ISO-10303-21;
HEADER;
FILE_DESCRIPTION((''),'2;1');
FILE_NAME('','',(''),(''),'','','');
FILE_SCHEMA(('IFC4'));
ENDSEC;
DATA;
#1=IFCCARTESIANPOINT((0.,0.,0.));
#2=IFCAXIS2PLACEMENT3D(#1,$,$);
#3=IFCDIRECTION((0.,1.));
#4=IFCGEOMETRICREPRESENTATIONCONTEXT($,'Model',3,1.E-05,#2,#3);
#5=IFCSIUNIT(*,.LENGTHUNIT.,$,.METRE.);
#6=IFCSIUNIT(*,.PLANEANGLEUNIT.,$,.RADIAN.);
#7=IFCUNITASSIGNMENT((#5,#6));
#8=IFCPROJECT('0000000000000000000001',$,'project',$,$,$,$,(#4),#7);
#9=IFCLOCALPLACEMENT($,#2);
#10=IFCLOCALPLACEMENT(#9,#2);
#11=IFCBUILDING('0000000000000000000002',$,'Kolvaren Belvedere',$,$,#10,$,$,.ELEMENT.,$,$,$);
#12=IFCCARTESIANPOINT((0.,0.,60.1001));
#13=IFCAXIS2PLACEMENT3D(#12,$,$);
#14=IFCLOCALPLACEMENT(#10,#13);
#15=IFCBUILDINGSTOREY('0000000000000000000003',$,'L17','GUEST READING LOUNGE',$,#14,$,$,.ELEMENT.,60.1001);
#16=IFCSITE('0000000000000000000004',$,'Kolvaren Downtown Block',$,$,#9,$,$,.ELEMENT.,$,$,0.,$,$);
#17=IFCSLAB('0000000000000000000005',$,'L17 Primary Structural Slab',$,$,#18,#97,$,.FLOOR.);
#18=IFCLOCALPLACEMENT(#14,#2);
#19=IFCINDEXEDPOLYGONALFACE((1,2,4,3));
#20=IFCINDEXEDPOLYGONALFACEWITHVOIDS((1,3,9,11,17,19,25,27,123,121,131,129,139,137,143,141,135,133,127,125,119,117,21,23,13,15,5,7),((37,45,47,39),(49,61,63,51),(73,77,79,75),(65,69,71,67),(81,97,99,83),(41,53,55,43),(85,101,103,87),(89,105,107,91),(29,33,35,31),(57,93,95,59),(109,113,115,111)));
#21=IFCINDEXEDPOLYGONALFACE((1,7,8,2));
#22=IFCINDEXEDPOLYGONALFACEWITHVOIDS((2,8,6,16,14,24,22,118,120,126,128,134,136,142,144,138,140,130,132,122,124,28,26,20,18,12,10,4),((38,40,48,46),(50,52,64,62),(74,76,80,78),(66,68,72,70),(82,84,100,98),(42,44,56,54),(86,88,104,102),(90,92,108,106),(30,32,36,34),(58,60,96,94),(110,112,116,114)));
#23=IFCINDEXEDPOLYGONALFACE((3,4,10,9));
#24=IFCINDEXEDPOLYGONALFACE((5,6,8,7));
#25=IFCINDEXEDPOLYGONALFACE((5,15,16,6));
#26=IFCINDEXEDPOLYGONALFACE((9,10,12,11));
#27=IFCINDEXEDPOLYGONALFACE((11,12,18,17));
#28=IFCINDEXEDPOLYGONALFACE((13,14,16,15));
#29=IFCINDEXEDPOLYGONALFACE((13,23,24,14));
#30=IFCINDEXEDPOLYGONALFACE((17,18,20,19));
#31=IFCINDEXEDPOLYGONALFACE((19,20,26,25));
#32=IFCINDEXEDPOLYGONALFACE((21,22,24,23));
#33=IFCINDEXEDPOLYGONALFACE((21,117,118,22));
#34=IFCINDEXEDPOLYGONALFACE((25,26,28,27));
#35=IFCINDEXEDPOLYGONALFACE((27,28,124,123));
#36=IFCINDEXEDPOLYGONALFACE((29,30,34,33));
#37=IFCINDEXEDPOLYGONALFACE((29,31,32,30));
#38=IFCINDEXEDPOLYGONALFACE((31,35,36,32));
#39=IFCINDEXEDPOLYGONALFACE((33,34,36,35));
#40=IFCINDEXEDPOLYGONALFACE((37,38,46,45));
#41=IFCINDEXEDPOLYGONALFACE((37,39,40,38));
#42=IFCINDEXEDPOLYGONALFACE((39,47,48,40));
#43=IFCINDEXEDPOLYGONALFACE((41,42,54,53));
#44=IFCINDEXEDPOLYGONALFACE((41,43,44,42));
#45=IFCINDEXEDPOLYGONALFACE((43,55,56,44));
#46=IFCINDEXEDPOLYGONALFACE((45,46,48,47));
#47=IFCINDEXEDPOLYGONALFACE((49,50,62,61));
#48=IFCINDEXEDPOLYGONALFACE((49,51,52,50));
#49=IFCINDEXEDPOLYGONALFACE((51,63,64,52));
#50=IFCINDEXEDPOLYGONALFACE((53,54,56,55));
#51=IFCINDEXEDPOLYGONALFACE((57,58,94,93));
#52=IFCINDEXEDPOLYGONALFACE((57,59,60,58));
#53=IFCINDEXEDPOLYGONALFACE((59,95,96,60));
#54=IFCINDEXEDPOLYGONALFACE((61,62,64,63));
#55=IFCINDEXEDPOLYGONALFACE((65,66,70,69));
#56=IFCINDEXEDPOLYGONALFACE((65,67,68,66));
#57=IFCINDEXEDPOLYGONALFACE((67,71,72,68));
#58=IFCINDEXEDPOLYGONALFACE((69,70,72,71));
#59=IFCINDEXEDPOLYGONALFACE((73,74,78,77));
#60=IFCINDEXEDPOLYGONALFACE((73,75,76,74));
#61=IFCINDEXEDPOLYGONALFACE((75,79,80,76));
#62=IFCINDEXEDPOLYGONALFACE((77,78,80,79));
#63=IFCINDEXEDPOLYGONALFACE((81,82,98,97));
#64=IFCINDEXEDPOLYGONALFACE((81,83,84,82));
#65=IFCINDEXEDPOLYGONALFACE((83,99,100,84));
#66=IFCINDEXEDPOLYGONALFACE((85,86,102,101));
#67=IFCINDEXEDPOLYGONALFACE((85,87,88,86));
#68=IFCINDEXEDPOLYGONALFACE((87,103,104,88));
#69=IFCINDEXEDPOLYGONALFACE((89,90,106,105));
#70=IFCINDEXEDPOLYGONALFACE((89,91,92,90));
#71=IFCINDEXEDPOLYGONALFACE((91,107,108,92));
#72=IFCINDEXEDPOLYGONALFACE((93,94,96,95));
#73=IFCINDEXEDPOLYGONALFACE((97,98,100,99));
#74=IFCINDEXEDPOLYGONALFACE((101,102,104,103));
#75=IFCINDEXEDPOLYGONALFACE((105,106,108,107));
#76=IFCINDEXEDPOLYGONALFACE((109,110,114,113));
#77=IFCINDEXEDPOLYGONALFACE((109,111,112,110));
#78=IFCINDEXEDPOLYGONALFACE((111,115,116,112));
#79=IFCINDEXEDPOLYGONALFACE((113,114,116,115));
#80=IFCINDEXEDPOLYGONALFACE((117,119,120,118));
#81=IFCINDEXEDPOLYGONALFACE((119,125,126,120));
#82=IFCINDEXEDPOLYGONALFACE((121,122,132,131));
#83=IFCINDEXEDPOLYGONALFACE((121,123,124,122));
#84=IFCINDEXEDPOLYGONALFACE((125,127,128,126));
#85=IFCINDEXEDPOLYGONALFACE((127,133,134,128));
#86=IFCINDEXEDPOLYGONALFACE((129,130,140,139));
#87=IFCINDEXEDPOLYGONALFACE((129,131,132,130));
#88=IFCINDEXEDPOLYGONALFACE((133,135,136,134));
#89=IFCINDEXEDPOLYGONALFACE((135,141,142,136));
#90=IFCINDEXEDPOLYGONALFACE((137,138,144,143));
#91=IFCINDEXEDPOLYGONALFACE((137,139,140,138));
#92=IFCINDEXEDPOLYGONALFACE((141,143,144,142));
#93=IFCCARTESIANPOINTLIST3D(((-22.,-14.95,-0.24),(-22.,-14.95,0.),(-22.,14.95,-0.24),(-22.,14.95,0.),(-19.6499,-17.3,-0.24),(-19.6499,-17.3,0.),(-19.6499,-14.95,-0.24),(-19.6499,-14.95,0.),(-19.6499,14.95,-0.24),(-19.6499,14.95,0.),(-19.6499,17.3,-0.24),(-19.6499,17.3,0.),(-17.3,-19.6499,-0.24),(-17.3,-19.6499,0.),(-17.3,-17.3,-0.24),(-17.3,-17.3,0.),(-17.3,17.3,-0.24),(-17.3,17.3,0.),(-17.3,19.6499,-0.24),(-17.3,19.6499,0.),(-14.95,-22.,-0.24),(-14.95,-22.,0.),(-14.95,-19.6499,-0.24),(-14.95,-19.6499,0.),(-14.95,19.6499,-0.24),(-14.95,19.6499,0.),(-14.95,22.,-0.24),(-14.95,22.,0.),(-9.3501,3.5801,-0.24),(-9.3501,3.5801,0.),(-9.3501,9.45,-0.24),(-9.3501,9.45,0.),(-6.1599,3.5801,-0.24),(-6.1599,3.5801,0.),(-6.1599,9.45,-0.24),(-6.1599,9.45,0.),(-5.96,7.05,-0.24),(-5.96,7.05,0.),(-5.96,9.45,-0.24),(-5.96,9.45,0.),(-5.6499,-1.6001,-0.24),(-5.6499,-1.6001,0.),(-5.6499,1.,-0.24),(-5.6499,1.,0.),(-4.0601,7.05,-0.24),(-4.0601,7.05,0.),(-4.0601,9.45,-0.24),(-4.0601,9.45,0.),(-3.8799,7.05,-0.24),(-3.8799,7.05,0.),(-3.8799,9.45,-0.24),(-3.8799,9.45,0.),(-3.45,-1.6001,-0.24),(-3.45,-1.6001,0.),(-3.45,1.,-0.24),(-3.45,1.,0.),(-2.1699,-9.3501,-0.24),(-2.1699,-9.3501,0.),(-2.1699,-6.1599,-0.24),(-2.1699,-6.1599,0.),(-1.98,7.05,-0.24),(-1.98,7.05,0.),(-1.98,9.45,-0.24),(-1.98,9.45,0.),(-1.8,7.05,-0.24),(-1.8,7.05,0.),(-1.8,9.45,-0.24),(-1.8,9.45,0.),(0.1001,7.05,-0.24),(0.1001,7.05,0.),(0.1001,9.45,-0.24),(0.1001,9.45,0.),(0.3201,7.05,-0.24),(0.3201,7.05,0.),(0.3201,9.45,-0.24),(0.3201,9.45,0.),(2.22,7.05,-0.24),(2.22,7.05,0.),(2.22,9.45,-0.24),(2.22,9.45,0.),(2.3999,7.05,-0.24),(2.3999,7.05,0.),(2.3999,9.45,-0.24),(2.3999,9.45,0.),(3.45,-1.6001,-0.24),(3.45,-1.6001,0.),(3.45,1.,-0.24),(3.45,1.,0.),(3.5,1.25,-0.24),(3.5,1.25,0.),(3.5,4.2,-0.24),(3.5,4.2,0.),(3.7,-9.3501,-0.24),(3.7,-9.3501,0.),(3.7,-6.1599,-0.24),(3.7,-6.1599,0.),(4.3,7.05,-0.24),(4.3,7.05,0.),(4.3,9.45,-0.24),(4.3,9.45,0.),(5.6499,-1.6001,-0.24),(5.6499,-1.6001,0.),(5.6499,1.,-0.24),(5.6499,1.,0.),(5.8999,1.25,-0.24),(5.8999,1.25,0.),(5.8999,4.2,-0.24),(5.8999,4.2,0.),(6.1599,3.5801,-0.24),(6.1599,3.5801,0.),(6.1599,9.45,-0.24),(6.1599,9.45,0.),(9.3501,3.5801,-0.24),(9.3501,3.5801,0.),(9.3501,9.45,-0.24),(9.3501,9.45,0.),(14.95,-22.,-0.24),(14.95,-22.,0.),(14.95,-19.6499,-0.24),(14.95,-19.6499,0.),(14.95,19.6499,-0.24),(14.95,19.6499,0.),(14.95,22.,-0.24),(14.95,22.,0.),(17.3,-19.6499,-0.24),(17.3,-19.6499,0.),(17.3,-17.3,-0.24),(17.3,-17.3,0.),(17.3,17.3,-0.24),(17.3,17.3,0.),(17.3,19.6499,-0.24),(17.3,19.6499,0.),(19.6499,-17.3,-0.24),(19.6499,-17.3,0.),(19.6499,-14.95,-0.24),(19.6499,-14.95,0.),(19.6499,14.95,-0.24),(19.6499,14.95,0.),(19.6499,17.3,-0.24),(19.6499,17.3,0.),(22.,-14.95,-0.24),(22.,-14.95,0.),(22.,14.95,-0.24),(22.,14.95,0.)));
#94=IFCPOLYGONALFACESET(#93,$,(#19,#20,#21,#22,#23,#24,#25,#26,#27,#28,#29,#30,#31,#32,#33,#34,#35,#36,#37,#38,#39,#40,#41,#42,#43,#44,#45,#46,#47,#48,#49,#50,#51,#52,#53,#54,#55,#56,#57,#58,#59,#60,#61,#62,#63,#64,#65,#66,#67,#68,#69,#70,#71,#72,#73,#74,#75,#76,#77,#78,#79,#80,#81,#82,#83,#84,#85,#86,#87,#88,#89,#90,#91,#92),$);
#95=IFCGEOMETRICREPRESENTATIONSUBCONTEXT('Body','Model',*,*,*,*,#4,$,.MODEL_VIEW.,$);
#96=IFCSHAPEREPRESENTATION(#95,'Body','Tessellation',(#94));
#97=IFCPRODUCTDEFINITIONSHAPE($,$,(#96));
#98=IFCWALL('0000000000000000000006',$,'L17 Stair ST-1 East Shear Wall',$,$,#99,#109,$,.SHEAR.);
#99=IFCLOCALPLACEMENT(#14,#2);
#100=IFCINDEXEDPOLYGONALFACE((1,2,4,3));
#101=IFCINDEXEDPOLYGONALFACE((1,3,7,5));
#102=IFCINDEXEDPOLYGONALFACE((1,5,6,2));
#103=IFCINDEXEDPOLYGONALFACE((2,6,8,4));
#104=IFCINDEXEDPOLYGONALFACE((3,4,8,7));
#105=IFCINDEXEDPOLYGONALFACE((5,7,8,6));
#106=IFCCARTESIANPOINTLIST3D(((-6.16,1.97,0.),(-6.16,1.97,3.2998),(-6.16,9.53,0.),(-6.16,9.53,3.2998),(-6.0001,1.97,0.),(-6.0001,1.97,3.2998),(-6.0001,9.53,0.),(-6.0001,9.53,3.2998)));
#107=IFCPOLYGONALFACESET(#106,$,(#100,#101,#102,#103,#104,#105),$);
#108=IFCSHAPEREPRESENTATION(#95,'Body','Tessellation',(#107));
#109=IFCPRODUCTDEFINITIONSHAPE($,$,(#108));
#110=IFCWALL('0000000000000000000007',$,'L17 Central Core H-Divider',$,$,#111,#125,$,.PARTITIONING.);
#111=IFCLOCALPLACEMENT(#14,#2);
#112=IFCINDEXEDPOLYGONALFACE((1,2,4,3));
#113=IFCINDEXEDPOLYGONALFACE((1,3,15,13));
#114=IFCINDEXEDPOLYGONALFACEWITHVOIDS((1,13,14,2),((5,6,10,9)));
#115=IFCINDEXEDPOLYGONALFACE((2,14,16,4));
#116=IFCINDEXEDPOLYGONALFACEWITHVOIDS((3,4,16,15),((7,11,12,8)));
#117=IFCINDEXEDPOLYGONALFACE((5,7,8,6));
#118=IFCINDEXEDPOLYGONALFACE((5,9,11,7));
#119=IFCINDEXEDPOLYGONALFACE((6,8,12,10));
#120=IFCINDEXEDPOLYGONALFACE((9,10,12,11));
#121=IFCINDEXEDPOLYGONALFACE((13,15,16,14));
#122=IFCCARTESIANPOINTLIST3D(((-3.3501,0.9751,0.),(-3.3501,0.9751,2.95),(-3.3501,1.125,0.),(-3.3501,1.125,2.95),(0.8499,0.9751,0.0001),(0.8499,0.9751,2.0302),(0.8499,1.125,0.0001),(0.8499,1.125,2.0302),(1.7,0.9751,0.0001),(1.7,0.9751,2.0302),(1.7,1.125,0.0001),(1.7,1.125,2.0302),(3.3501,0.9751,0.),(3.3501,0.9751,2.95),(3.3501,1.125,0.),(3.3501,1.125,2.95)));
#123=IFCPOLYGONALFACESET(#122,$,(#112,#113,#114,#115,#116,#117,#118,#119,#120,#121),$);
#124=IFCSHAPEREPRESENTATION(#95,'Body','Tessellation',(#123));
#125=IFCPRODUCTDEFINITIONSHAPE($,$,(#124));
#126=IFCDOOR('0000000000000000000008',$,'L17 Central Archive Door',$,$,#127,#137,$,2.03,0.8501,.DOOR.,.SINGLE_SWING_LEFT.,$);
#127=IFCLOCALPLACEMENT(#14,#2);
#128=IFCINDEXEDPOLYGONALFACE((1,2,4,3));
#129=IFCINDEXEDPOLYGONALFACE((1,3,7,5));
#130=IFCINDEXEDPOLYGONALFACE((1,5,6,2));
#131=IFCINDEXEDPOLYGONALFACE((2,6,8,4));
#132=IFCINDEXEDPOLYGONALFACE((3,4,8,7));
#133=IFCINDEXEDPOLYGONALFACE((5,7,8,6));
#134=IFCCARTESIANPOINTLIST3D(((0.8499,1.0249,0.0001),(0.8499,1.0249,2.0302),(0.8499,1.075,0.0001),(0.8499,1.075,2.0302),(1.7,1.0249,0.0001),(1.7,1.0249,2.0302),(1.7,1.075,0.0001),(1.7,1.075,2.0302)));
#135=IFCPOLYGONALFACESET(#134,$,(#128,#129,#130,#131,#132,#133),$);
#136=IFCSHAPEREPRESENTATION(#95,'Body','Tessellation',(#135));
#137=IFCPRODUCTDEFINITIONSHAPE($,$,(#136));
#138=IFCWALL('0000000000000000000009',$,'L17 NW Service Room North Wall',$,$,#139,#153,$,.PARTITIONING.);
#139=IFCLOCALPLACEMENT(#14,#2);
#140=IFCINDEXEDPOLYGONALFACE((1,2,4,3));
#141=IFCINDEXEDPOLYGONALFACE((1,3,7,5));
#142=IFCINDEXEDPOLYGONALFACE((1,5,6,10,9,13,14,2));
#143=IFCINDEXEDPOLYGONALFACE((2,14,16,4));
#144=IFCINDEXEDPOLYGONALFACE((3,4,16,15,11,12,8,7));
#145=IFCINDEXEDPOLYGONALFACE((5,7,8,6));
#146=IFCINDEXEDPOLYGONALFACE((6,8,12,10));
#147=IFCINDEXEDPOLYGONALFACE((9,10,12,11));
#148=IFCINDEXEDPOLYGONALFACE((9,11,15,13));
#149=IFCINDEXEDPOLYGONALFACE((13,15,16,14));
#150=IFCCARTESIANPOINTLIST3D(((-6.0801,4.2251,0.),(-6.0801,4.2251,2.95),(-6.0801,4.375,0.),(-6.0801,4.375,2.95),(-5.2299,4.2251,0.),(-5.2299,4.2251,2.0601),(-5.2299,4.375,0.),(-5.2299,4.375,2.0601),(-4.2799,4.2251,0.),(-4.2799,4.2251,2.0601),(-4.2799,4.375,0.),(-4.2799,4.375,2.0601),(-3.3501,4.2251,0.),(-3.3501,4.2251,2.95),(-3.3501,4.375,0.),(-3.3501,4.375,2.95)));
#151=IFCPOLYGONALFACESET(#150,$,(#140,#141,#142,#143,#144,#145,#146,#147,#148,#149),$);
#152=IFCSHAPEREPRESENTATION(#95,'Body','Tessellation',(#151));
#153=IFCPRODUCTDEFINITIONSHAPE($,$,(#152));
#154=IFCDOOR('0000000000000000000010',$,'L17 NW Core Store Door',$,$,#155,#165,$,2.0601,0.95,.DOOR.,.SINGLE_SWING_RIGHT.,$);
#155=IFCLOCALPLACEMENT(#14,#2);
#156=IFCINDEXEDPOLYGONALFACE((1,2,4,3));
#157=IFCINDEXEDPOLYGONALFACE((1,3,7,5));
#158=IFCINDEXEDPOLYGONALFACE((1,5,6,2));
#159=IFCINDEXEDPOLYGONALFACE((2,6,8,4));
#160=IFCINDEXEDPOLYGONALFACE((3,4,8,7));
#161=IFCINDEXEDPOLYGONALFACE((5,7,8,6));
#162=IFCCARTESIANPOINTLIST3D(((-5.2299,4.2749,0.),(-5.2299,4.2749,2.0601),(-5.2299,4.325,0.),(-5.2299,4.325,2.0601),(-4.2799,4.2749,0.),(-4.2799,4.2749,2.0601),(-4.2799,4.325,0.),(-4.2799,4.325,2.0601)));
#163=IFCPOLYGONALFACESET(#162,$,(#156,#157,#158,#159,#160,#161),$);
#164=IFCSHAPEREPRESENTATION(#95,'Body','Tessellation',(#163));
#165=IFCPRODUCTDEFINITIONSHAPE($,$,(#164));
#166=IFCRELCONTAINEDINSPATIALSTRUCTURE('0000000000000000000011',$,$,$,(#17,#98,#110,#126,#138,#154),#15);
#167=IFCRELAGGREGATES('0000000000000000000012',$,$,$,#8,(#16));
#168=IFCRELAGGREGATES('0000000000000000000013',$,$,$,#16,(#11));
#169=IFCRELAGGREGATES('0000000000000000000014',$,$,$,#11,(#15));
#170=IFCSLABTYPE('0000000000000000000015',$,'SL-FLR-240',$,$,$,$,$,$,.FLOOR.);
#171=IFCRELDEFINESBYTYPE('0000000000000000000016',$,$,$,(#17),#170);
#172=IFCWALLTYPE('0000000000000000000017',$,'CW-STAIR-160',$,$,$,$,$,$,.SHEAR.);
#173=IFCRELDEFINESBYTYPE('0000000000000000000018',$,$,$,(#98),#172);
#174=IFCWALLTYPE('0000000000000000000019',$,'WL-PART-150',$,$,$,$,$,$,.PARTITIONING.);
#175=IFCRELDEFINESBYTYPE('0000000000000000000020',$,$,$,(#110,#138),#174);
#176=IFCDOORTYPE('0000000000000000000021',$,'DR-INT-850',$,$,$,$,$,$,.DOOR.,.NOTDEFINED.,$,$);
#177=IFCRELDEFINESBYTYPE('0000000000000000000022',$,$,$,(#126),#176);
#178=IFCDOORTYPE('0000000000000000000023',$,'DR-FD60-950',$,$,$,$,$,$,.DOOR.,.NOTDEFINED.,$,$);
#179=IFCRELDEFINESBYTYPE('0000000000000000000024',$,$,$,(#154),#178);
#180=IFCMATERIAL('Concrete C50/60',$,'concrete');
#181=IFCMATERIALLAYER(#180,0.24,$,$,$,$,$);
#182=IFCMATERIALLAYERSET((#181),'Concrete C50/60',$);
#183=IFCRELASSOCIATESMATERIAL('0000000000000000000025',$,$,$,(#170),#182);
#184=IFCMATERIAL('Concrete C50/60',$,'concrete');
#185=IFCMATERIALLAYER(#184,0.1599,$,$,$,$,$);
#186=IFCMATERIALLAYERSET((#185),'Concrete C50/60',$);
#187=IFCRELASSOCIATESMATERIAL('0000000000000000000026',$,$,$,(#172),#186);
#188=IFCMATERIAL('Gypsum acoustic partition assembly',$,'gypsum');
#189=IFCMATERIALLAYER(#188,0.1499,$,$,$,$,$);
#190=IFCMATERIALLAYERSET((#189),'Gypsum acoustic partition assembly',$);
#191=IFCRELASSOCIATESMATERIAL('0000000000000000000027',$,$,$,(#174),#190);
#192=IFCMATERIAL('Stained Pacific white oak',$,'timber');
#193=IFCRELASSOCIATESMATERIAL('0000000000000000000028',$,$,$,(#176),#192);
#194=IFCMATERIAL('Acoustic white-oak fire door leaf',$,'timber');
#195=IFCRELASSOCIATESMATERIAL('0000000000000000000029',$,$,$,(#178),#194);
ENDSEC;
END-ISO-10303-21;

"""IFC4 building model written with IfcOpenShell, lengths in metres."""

from ifc_helpers import new_model, si_unit, direction, frame, frame_2d, origin, place, context, subcontext, project, spatial, polyline, rectangle, outline, extrude, material, layer, layer_set, type_object, element, fill, save


model = new_model("IFC4")

# Units and contexts
model_context = context("Model", 3, precision=1e-05, world=origin(), true_north=direction((0.0, 1.0)))
body_context = subcontext(model_context, "Body", "Model", "MODEL_VIEW")
ifc_project = project(units=[si_unit("LENGTHUNIT", "METRE"), si_unit("PLANEANGLEUNIT", "RADIAN")], contexts=[model_context])

# Site, building, storey
site_placement = place(None, origin())
site = spatial("IfcSite", under=ifc_project, at=site_placement, Name="Kolvaren Downtown Block", CompositionType="ELEMENT", RefElevation=0.0)
building_placement = place(site_placement, origin())
building = spatial("IfcBuilding", under=site, at=building_placement, Name="Kolvaren Belvedere", CompositionType="ELEMENT")
storey_placement = place(building_placement, frame((0.0, 0.0, 60.1001)))
storey = spatial("IfcBuildingStorey", under=building, at=storey_placement, Name="L17", Description="GUEST READING LOUNGE", CompositionType="ELEMENT", Elevation=60.1001)

# Slab
ifc_material_1 = material(Name="Concrete C50/60", Category="concrete")
ifc_layer_1 = layer(ifc_material_1, 0.24)
ifc_layer_set_1 = layer_set([ifc_layer_1], Name="Concrete C50/60")
slab_type = type_object("IfcSlabType", Name="SL-FLR-240", PredefinedType="FLOOR", material=ifc_layer_set_1)
slab_placement = place(storey_placement, frame((0.0, 0.0, -0.24)))
element("IfcSlab", 1, at=slab_placement, inside=storey, type_object=slab_type, Name="L17 Primary Structural Slab", PredefinedType="FLOOR", context=body_context, shape_type="SweptSolid", body=[
    extrude(outline(polyline([(-14.95, -22.0), (14.95, -22.0), (14.95, -19.6499), (17.3, -19.6499), (17.3, -17.3), (19.6499, -17.3), (19.6499, -14.95), (22.0, -14.95), (22.0, 14.95), (19.6499, 14.95), (19.6499, 17.3), (17.3, 17.3), (17.3, 19.6499), (14.95, 19.6499), (14.95, 22.0), (-14.95, 22.0), (-14.95, 19.6499), (-17.3, 19.6499), (-17.3, 17.3), (-19.6499, 17.3), (-19.6499, 14.95), (-22.0, 14.95), (-22.0, -14.95), (-19.6499, -14.95), (-19.6499, -17.3), (-17.3, -17.3), (-17.3, -19.6499), (-14.95, -19.6499), (-14.95, -22.0)]), holes=[polyline([(-9.3501, 3.5801), (-6.1599, 3.5801), (-6.1599, 9.45), (-9.3501, 9.45), (-9.3501, 3.5801)]), polyline([(6.1599, 3.5801), (9.3501, 3.5801), (9.3501, 9.45), (6.1599, 9.45), (6.1599, 3.5801)]), polyline([(-2.1699, -9.3501), (3.7, -9.3501), (3.7, -6.1599), (-2.1699, -6.1599), (-2.1699, -9.3501)]), polyline([(-5.6499, -1.6001), (-3.45, -1.6001), (-3.45, 1.0), (-5.6499, 1.0), (-5.6499, -1.6001)]), polyline([(3.5, 1.25), (5.8999, 1.25), (5.8999, 4.2), (3.5, 4.2), (3.5, 1.25)]), polyline([(3.45, -1.6001), (5.6499, -1.6001), (5.6499, 1.0), (3.45, 1.0), (3.45, -1.6001)]), polyline([(-5.96, 7.05), (-4.0601, 7.05), (-4.0601, 9.45), (-5.96, 9.45), (-5.96, 7.05)]), polyline([(-3.8799, 7.05), (-1.98, 7.05), (-1.98, 9.45), (-3.8799, 9.45), (-3.8799, 7.05)]), polyline([(-1.8, 7.05), (0.1001, 7.05), (0.1001, 9.45), (-1.8, 9.45), (-1.8, 7.05)]), polyline([(0.3201, 7.05), (2.22, 7.05), (2.22, 9.45), (0.3201, 9.45), (0.3201, 7.05)]), polyline([(2.3999, 7.05), (4.3, 7.05), (4.3, 9.45), (2.3999, 9.45), (2.3999, 7.05)])]), origin(), (0.0, 0.0, 1.0), 0.24),
])

# Wall
ifc_material_2 = material(Name="Concrete C50/60", Category="concrete")
ifc_layer_2 = layer(ifc_material_2, 0.1599)
ifc_layer_set_2 = layer_set([ifc_layer_2], Name="Concrete C50/60")
wall_type_1 = type_object("IfcWallType", Name="CW-STAIR-160", PredefinedType="SHEAR", material=ifc_layer_set_2)
wall_1_placement = place(storey_placement, frame((-6.0801, 1.97, 0.0), z_axis=(0.0, 0.0, 1.0), x_axis=(0.0, 1.0, 0.0)))
element("IfcWall", 2, at=wall_1_placement, inside=storey, type_object=wall_type_1, Name="L17 Stair ST-1 East Shear Wall", PredefinedType="SHEAR", context=body_context, shape_type="SweptSolid", body=[
    extrude(rectangle(XDim=7.5601, YDim=0.1599, at=frame_2d((3.78, 0.0))), origin(), (0.0, 0.0, 1.0), 3.2998),
])

# Walls, openings, doors
ifc_material_3 = material(Name="Gypsum acoustic partition assembly", Category="gypsum")
ifc_layer_3 = layer(ifc_material_3, 0.1499)
ifc_layer_set_3 = layer_set([ifc_layer_3], Name="Gypsum acoustic partition assembly")
wall_type_2 = type_object("IfcWallType", Name="WL-PART-150", PredefinedType="PARTITIONING", material=ifc_layer_set_3)
wall_2_placement = place(storey_placement, frame((-3.3501, 1.05, 0.0), z_axis=(0.0, 0.0, 1.0), x_axis=(1.0, 0.0, 0.0)))
wall_2 = element("IfcWall", 3, at=wall_2_placement, inside=storey, type_object=wall_type_2, Name="L17 Central Core H-Divider", PredefinedType="PARTITIONING", context=body_context, shape_type="SweptSolid", body=[
    extrude(rectangle(XDim=6.7002, YDim=0.1499, at=frame_2d((3.3501, 0.0))), origin(), (0.0, 0.0, 1.0), 2.95),
])
opening_1_placement = place(wall_2_placement, frame((4.2, 0.0, 0.0)))
opening_1 = element("IfcOpeningElement", 4, at=opening_1_placement, cuts=wall_2, PredefinedType="OPENING", context=body_context, shape_type="SweptSolid", body=[
    extrude(rectangle(XDim=0.8501, YDim=2.03, at=frame_2d((0.425, 1.0151))), frame((0.0, 0.085, 0.0), z_axis=(0.0, -1.0, 0.0), x_axis=(1.0, 0.0, 0.0)), (0.0, 0.0, 1.0), 0.1699),
])
ifc_material_4 = material(Name="Stained Pacific white oak", Category="timber")
door_type_1 = type_object("IfcDoorType", Name="DR-INT-850", OperationType="NOTDEFINED", PredefinedType="DOOR", material=ifc_material_4)
door_1_placement = place(opening_1_placement, origin())
door_1 = element("IfcDoor", 5, at=door_1_placement, inside=storey, type_object=door_type_1, Name="L17 Central Archive Door", OperationType="SINGLE_SWING_LEFT", OverallHeight=2.03, OverallWidth=0.8501, PredefinedType="DOOR", context=body_context, shape_type="SweptSolid", body=[
    extrude(rectangle(XDim=0.8501, YDim=2.03, at=frame_2d((0.425, 1.0151))), frame((0.0, 0.0249, 0.0), z_axis=(0.0, -1.0, 0.0), x_axis=(1.0, 0.0, 0.0)), (0.0, 0.0, 1.0), 0.05),
])
fill(opening_1, door_1)
wall_3_placement = place(storey_placement, frame((-6.0801, 4.3, 0.0), z_axis=(0.0, 0.0, 1.0), x_axis=(1.0, 0.0, 0.0)))
wall_3 = element("IfcWall", 6, at=wall_3_placement, inside=storey, type_object=wall_type_2, Name="L17 NW Service Room North Wall", PredefinedType="PARTITIONING", context=body_context, shape_type="SweptSolid", body=[
    extrude(rectangle(XDim=2.73, YDim=0.1499, at=frame_2d((1.365, 0.0))), origin(), (0.0, 0.0, 1.0), 2.95),
])
opening_2_placement = place(wall_3_placement, frame((0.8501, 0.0, 0.0)))
opening_2 = element("IfcOpeningElement", 7, at=opening_2_placement, cuts=wall_3, PredefinedType="OPENING", context=body_context, shape_type="SweptSolid", body=[
    extrude(rectangle(XDim=0.95, YDim=2.0601, at=frame_2d((0.4751, 1.03))), frame((0.0, 0.085, 0.0), z_axis=(0.0, -1.0, 0.0), x_axis=(1.0, 0.0, 0.0)), (0.0, 0.0, 1.0), 0.1699),
])
ifc_material_5 = material(Name="Acoustic white-oak fire door leaf", Category="timber")
door_type_2 = type_object("IfcDoorType", Name="DR-FD60-950", OperationType="NOTDEFINED", PredefinedType="DOOR", material=ifc_material_5)
door_2_placement = place(opening_2_placement, origin())
door_2 = element("IfcDoor", 8, at=door_2_placement, inside=storey, type_object=door_type_2, Name="L17 NW Core Store Door", OperationType="SINGLE_SWING_RIGHT", OverallHeight=2.0601, OverallWidth=0.95, PredefinedType="DOOR", context=body_context, shape_type="SweptSolid", body=[
    extrude(rectangle(XDim=0.95, YDim=2.0601, at=frame_2d((0.4751, 1.03))), frame((0.0, 0.0249, 0.0), z_axis=(0.0, -1.0, 0.0), x_axis=(1.0, 0.0, 0.0)), (0.0, 0.0, 1.0), 0.05),
])
fill(opening_2, door_2)

save(model, "model.ifc")
